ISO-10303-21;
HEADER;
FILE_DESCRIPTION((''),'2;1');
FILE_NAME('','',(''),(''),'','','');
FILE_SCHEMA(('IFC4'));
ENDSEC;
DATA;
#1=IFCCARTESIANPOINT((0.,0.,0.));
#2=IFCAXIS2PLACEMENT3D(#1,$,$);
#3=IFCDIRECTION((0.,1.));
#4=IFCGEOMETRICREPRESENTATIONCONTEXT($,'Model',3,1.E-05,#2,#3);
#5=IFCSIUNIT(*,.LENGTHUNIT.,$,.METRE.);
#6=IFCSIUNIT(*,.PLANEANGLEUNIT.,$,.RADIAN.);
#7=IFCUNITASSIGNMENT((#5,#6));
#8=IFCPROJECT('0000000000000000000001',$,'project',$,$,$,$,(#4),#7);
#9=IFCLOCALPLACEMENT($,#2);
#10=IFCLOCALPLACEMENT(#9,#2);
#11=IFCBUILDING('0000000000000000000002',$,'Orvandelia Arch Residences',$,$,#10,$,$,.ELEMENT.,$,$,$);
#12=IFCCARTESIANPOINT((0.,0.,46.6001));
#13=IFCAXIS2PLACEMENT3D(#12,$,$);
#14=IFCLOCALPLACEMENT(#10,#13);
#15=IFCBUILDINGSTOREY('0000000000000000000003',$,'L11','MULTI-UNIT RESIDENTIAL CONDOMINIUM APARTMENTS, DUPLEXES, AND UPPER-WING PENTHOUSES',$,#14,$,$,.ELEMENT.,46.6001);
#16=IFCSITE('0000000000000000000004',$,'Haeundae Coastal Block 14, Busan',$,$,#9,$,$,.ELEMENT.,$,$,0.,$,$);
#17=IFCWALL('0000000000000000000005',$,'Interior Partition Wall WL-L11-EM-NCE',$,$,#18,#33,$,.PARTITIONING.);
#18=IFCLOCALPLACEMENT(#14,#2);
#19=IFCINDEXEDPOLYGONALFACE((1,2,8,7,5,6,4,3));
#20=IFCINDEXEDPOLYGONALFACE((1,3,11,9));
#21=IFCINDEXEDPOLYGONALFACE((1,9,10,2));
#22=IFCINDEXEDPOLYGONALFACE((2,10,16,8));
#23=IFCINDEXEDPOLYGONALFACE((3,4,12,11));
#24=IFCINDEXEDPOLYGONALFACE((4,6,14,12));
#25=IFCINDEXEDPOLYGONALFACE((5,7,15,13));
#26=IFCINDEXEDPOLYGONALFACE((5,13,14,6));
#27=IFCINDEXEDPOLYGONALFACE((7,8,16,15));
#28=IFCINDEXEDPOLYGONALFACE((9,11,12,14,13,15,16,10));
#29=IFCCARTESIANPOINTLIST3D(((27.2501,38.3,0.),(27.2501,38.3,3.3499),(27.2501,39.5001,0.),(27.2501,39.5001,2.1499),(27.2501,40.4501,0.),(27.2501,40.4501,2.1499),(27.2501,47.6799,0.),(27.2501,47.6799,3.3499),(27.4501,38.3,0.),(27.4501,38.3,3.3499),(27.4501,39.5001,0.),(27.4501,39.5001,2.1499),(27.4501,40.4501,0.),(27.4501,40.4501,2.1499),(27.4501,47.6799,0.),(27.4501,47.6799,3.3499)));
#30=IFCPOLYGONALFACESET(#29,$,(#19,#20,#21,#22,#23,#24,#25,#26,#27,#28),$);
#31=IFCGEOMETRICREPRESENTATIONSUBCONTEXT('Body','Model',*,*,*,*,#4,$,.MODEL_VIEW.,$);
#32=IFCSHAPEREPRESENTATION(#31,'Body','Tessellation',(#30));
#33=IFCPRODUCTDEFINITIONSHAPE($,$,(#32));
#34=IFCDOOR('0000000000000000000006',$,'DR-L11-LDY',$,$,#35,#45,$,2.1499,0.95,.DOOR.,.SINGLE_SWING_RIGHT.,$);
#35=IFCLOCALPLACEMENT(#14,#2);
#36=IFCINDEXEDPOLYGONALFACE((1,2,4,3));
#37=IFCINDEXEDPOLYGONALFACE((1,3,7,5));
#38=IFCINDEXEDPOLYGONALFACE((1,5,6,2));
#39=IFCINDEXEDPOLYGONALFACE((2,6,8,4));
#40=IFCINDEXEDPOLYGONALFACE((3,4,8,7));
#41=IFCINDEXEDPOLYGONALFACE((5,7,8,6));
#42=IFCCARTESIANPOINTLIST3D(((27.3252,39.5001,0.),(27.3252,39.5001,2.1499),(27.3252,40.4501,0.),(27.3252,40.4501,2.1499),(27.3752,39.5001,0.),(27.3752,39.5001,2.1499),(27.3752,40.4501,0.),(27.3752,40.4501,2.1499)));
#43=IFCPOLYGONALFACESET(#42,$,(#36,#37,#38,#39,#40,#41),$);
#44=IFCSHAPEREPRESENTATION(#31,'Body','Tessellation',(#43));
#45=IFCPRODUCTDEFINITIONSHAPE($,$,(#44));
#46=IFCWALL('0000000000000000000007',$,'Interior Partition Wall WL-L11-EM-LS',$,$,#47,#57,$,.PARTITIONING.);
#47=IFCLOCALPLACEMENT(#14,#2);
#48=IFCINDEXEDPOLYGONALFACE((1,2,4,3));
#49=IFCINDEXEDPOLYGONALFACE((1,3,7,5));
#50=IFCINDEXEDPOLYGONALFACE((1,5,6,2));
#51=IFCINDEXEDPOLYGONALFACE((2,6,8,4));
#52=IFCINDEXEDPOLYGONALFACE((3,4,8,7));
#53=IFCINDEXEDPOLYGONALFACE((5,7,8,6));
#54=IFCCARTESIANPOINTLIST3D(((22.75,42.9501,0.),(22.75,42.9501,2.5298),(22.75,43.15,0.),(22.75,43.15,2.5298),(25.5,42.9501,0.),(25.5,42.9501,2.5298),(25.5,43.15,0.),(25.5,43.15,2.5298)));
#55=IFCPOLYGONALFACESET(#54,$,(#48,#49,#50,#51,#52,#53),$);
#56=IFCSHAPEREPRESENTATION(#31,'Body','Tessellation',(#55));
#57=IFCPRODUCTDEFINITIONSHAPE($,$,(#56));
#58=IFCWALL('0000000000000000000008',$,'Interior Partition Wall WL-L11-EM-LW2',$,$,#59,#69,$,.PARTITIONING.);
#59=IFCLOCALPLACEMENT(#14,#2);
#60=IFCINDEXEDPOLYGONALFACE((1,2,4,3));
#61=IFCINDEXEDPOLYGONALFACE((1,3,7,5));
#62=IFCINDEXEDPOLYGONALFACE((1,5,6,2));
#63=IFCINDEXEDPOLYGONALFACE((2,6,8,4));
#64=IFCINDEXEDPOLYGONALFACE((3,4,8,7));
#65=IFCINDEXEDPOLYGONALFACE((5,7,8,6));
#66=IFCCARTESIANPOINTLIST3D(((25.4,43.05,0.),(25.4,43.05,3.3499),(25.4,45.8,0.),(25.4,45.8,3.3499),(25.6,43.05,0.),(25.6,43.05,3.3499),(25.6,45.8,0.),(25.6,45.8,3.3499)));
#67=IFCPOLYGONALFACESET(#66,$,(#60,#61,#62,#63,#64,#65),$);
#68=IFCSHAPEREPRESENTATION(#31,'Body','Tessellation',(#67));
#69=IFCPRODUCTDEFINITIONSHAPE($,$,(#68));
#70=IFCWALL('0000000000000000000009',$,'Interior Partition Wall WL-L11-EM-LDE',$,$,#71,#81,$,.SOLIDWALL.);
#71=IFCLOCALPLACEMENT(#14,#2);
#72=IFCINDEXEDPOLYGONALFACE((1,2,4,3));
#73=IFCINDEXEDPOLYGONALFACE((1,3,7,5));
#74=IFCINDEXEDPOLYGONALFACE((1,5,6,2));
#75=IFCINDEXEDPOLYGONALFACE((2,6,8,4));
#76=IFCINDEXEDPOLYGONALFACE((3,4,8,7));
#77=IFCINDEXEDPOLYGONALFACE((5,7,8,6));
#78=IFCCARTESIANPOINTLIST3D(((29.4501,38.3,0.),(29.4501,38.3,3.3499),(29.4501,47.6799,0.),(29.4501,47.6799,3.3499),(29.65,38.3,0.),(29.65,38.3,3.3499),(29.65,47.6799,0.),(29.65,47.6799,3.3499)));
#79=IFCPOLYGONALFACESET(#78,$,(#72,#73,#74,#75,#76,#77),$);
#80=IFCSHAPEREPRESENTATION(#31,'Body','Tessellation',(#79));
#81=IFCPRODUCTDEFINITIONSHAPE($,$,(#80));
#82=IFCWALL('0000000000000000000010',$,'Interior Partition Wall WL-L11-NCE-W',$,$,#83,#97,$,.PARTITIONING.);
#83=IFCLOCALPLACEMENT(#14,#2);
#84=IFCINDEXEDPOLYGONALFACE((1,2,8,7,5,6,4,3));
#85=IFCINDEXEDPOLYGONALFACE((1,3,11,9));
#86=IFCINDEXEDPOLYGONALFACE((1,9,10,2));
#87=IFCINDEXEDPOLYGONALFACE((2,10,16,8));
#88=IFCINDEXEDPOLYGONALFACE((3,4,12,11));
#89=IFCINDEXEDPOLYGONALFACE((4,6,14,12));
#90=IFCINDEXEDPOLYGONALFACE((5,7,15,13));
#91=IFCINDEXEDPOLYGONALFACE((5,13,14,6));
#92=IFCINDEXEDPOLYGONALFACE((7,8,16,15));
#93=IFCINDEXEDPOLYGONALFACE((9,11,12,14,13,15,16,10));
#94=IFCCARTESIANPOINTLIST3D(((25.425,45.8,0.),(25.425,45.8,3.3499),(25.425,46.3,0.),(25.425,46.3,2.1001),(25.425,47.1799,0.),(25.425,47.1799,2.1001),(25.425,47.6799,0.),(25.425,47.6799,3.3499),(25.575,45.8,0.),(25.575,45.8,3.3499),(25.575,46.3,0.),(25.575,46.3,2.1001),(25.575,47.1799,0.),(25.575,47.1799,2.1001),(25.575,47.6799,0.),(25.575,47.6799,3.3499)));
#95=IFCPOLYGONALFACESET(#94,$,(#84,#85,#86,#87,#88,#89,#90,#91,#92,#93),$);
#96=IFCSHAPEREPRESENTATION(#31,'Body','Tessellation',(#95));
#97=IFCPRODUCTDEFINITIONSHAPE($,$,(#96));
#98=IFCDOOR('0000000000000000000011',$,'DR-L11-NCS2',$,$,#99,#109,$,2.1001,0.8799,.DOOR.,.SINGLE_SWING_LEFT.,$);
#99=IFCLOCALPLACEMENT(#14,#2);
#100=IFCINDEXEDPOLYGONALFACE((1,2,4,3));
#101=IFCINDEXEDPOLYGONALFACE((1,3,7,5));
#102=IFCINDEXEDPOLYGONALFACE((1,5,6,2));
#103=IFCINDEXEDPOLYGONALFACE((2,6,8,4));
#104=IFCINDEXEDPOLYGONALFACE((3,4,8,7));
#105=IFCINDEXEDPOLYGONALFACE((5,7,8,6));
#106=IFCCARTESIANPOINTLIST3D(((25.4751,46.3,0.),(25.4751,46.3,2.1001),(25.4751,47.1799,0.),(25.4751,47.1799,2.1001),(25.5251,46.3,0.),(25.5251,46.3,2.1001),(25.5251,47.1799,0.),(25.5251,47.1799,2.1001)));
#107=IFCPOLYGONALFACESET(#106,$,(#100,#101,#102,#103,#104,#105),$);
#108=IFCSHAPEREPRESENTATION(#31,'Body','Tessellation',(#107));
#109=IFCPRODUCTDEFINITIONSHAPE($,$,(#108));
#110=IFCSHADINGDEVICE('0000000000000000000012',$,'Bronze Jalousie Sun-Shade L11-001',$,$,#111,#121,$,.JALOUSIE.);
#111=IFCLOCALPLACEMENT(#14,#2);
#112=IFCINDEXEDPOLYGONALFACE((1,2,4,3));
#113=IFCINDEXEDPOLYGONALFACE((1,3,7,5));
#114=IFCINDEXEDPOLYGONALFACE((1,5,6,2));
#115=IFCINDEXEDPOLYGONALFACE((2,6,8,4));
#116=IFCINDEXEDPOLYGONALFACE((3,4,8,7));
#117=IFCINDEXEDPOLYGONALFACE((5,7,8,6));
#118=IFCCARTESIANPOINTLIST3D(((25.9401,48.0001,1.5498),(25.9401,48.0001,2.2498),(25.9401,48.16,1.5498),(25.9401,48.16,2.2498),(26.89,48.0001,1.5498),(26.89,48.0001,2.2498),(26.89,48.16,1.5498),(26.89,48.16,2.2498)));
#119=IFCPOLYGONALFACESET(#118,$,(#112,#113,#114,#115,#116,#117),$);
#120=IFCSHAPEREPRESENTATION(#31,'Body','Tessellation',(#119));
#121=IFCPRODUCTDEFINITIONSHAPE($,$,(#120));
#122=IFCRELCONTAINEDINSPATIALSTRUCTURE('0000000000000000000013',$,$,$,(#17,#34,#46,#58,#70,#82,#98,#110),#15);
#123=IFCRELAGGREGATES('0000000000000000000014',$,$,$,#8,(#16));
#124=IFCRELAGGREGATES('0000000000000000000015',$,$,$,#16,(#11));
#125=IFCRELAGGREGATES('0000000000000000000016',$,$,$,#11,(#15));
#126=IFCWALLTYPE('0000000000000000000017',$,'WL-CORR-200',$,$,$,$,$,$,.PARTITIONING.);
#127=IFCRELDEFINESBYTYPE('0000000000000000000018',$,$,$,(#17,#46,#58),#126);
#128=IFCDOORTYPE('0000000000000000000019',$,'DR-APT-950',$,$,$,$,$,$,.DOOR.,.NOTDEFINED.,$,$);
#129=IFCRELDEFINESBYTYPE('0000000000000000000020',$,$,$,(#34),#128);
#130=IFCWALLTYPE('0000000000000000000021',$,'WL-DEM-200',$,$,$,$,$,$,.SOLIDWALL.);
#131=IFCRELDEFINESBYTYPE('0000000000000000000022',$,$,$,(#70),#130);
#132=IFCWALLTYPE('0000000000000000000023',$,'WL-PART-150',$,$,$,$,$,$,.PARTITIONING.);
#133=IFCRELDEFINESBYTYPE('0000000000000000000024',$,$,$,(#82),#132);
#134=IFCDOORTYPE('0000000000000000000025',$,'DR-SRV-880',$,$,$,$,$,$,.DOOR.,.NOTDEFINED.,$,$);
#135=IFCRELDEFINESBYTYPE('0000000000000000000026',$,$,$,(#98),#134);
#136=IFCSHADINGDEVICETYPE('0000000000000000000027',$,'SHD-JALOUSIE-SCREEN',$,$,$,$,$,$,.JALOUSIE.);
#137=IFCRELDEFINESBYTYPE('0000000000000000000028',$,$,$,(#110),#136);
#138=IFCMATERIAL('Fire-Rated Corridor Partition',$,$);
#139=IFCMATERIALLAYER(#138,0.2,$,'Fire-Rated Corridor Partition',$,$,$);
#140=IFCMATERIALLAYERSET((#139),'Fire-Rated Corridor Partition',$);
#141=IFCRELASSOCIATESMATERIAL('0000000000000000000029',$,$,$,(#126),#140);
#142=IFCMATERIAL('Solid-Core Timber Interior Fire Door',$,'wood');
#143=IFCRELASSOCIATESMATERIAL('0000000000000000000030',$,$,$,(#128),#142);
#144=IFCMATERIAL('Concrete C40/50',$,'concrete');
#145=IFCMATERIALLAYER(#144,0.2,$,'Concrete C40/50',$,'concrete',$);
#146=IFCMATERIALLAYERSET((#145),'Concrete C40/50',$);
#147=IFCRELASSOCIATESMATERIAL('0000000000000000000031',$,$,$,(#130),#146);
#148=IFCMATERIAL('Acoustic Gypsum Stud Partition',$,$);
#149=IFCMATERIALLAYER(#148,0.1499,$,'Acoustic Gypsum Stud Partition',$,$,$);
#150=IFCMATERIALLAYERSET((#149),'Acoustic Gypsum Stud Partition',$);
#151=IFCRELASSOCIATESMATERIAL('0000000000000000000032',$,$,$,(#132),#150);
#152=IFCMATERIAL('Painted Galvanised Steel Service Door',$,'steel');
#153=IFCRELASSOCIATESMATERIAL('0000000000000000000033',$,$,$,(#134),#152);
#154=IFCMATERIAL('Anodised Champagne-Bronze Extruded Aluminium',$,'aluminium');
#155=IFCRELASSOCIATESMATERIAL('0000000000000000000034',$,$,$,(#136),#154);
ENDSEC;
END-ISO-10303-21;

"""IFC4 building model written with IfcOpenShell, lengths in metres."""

from ifc_helpers import new_model, si_unit, direction, frame, frame_2d, origin, origin_2d, place, context, subcontext, project, spatial, rectangle, extrude, material, layer, layer_set, type_object, element, fill, save


model = new_model("IFC4")

# Units and contexts
model_context = context("Model", 3, precision=1e-05, world=origin(), true_north=direction((0.0, 1.0)))
body_context = subcontext(model_context, "Body", "Model", "MODEL_VIEW")
ifc_project = project(units=[si_unit("LENGTHUNIT", "METRE"), si_unit("PLANEANGLEUNIT", "RADIAN")], contexts=[model_context])

# Site, building, storey
site_placement = place(None, origin())
site = spatial("IfcSite", under=ifc_project, at=site_placement, Name="Haeundae Coastal Block 14, Busan", CompositionType="ELEMENT", RefElevation=0.0)
building_placement = place(site_placement, origin())
building = spatial("IfcBuilding", under=site, at=building_placement, Name="Orvandelia Arch Residences", CompositionType="ELEMENT")
storey_placement = place(building_placement, frame((0.0, 0.0, 46.6001)))
storey = spatial("IfcBuildingStorey", under=building, at=storey_placement, Name="L11", Description="MULTI-UNIT RESIDENTIAL CONDOMINIUM APARTMENTS, DUPLEXES, AND UPPER-WING PENTHOUSES", CompositionType="ELEMENT", Elevation=46.6001)

# Shared definitions
ifc_material_1 = material(Name="Fire-Rated Corridor Partition")
ifc_layer_1 = layer(ifc_material_1, 0.2, Name="Fire-Rated Corridor Partition")
ifc_layer_set_1 = layer_set([ifc_layer_1], Name="Fire-Rated Corridor Partition")
wall_type_1 = type_object("IfcWallType", Name="WL-CORR-200", PredefinedType="PARTITIONING", material=ifc_layer_set_1)

# Wall, opening, door
wall_1_placement = place(storey_placement, frame((27.3501, 38.3, 0.0), z_axis=(0.0, 0.0, 1.0), x_axis=(0.0, 1.0, 0.0)))
wall_1 = element("IfcWall", 1, at=wall_1_placement, inside=storey, type_object=wall_type_1, Name="Interior Partition Wall WL-L11-EM-NCE", PredefinedType="PARTITIONING", context=body_context, shape_type="SweptSolid", body=[
    extrude(rectangle(XDim=9.3799, YDim=0.2, at=frame_2d((4.6899, 0.0))), origin(), (0.0, 0.0, 1.0), 3.3499),
])
opening_1_placement = place(wall_1_placement, frame((1.2, 0.0, 0.0)))
opening_1 = element("IfcOpeningElement", 2, at=opening_1_placement, cuts=wall_1, PredefinedType="OPENING", context=body_context, shape_type="SweptSolid", body=[
    extrude(rectangle(XDim=0.95, YDim=2.1499, at=frame_2d((0.4751, 1.075))), frame((0.0, 0.1099, 0.0), z_axis=(0.0, -1.0, 0.0), x_axis=(1.0, 0.0, 0.0)), (0.0, 0.0, 1.0), 0.22),
])
ifc_material_2 = material(Name="Solid-Core Timber Interior Fire Door", Category="wood")
door_type_1 = type_object("IfcDoorType", Name="DR-APT-950", OperationType="NOTDEFINED", PredefinedType="DOOR", material=ifc_material_2)
door_1_placement = place(opening_1_placement, origin())
door_1 = element("IfcDoor", 3, at=door_1_placement, inside=storey, type_object=door_type_1, Name="DR-L11-LDY", OperationType="SINGLE_SWING_RIGHT", OverallHeight=2.1499, OverallWidth=0.95, PredefinedType="DOOR", context=body_context, shape_type="SweptSolid", body=[
    extrude(rectangle(XDim=0.95, YDim=2.1499, at=frame_2d((0.4751, 1.075))), frame((0.0, 0.0249, 0.0), z_axis=(0.0, -1.0, 0.0), x_axis=(1.0, 0.0, 0.0)), (0.0, 0.0, 1.0), 0.05),
])
fill(opening_1, door_1)

# Walls
wall_2_placement = place(storey_placement, frame((22.75, 43.05, 0.0), z_axis=(0.0, 0.0, 1.0), x_axis=(1.0, 0.0, 0.0)))
element("IfcWall", 4, at=wall_2_placement, inside=storey, type_object=wall_type_1, Name="Interior Partition Wall WL-L11-EM-LS", PredefinedType="PARTITIONING", context=body_context, shape_type="SweptSolid", body=[
    extrude(rectangle(XDim=2.75, YDim=0.2, at=frame_2d((1.375, 0.0))), origin(), (0.0, 0.0, 1.0), 2.5298),
])
wall_3_placement = place(storey_placement, frame((25.5, 43.05, 0.0), z_axis=(0.0, 0.0, 1.0), x_axis=(0.0, 1.0, 0.0)))
element("IfcWall", 5, at=wall_3_placement, inside=storey, type_object=wall_type_1, Name="Interior Partition Wall WL-L11-EM-LW2", PredefinedType="PARTITIONING", context=body_context, shape_type="SweptSolid", body=[
    extrude(rectangle(XDim=2.75, YDim=0.2, at=frame_2d((1.375, 0.0))), origin(), (0.0, 0.0, 1.0), 3.3499),
])
ifc_material_3 = material(Name="Concrete C40/50", Category="concrete")
ifc_layer_2 = layer(ifc_material_3, 0.2, Name="Concrete C40/50", Category="concrete")
ifc_layer_set_2 = layer_set([ifc_layer_2], Name="Concrete C40/50")
wall_type_2 = type_object("IfcWallType", Name="WL-DEM-200", PredefinedType="SOLIDWALL", material=ifc_layer_set_2)
wall_4_placement = place(storey_placement, frame((29.55, 38.3, 0.0), z_axis=(0.0, 0.0, 1.0), x_axis=(0.0, 1.0, 0.0)))
element("IfcWall", 6, at=wall_4_placement, inside=storey, type_object=wall_type_2, Name="Interior Partition Wall WL-L11-EM-LDE", PredefinedType="SOLIDWALL", context=body_context, shape_type="SweptSolid", body=[
    extrude(rectangle(XDim=9.3799, YDim=0.2, at=frame_2d((4.6899, 0.0))), origin(), (0.0, 0.0, 1.0), 3.3499),
])

# Wall, opening, door
ifc_material_4 = material(Name="Acoustic Gypsum Stud Partition")
ifc_layer_3 = layer(ifc_material_4, 0.1499, Name="Acoustic Gypsum Stud Partition")
ifc_layer_set_3 = layer_set([ifc_layer_3], Name="Acoustic Gypsum Stud Partition")
wall_type_3 = type_object("IfcWallType", Name="WL-PART-150", PredefinedType="PARTITIONING", material=ifc_layer_set_3)
wall_5_placement = place(storey_placement, frame((25.5, 45.8, 0.0), z_axis=(0.0, 0.0, 1.0), x_axis=(0.0, 1.0, 0.0)))
wall_5 = element("IfcWall", 7, at=wall_5_placement, inside=storey, type_object=wall_type_3, Name="Interior Partition Wall WL-L11-NCE-W", PredefinedType="PARTITIONING", context=body_context, shape_type="SweptSolid", body=[
    extrude(rectangle(XDim=1.8799, YDim=0.1499, at=frame_2d((0.9399, 0.0))), origin(), (0.0, 0.0, 1.0), 3.3499),
])
opening_2_placement = place(wall_5_placement, frame((0.5, 0.0, 0.0)))
opening_2 = element("IfcOpeningElement", 8, at=opening_2_placement, cuts=wall_5, PredefinedType="OPENING", context=body_context, shape_type="SweptSolid", body=[
    extrude(rectangle(XDim=0.8799, YDim=2.1001, at=frame_2d((0.4399, 1.05))), frame((0.0, 0.085, 0.0), z_axis=(0.0, -1.0, 0.0), x_axis=(1.0, 0.0, 0.0)), (0.0, 0.0, 1.0), 0.1699),
])
ifc_material_5 = material(Name="Painted Galvanised Steel Service Door", Category="steel")
door_type_2 = type_object("IfcDoorType", Name="DR-SRV-880", OperationType="NOTDEFINED", PredefinedType="DOOR", material=ifc_material_5)
door_2_placement = place(opening_2_placement, origin())
door_2 = element("IfcDoor", 9, at=door_2_placement, inside=storey, type_object=door_type_2, Name="DR-L11-NCS2", OperationType="SINGLE_SWING_LEFT", OverallHeight=2.1001, OverallWidth=0.8799, PredefinedType="DOOR", context=body_context, shape_type="SweptSolid", body=[
    extrude(rectangle(XDim=0.8799, YDim=2.1001, at=frame_2d((0.4399, 1.05))), frame((0.0, 0.0249, 0.0), z_axis=(0.0, -1.0, 0.0), x_axis=(1.0, 0.0, 0.0)), (0.0, 0.0, 1.0), 0.05),
])
fill(opening_2, door_2)

# Shading device
ifc_material_6 = material(Name="Anodised Champagne-Bronze Extruded Aluminium", Category="aluminium")
shading_device_type = type_object("IfcShadingDeviceType", Name="SHD-JALOUSIE-SCREEN", PredefinedType="JALOUSIE", material=ifc_material_6)
shading_device_placement = place(storey_placement, frame((26.415, 48.0801, 1.5498), z_axis=(0.0, 0.0, 1.0), x_axis=(1.0, 0.0, 0.0)))
element("IfcShadingDevice", 10, at=shading_device_placement, inside=storey, type_object=shading_device_type, Name="Bronze Jalousie Sun-Shade L11-001", PredefinedType="JALOUSIE", context=body_context, shape_type="SweptSolid", body=[
    extrude(rectangle(XDim=0.95, YDim=0.1599, at=origin_2d()), origin(), (0.0, 0.0, 1.0), 0.7),
])

save(model, "model.ifc")
